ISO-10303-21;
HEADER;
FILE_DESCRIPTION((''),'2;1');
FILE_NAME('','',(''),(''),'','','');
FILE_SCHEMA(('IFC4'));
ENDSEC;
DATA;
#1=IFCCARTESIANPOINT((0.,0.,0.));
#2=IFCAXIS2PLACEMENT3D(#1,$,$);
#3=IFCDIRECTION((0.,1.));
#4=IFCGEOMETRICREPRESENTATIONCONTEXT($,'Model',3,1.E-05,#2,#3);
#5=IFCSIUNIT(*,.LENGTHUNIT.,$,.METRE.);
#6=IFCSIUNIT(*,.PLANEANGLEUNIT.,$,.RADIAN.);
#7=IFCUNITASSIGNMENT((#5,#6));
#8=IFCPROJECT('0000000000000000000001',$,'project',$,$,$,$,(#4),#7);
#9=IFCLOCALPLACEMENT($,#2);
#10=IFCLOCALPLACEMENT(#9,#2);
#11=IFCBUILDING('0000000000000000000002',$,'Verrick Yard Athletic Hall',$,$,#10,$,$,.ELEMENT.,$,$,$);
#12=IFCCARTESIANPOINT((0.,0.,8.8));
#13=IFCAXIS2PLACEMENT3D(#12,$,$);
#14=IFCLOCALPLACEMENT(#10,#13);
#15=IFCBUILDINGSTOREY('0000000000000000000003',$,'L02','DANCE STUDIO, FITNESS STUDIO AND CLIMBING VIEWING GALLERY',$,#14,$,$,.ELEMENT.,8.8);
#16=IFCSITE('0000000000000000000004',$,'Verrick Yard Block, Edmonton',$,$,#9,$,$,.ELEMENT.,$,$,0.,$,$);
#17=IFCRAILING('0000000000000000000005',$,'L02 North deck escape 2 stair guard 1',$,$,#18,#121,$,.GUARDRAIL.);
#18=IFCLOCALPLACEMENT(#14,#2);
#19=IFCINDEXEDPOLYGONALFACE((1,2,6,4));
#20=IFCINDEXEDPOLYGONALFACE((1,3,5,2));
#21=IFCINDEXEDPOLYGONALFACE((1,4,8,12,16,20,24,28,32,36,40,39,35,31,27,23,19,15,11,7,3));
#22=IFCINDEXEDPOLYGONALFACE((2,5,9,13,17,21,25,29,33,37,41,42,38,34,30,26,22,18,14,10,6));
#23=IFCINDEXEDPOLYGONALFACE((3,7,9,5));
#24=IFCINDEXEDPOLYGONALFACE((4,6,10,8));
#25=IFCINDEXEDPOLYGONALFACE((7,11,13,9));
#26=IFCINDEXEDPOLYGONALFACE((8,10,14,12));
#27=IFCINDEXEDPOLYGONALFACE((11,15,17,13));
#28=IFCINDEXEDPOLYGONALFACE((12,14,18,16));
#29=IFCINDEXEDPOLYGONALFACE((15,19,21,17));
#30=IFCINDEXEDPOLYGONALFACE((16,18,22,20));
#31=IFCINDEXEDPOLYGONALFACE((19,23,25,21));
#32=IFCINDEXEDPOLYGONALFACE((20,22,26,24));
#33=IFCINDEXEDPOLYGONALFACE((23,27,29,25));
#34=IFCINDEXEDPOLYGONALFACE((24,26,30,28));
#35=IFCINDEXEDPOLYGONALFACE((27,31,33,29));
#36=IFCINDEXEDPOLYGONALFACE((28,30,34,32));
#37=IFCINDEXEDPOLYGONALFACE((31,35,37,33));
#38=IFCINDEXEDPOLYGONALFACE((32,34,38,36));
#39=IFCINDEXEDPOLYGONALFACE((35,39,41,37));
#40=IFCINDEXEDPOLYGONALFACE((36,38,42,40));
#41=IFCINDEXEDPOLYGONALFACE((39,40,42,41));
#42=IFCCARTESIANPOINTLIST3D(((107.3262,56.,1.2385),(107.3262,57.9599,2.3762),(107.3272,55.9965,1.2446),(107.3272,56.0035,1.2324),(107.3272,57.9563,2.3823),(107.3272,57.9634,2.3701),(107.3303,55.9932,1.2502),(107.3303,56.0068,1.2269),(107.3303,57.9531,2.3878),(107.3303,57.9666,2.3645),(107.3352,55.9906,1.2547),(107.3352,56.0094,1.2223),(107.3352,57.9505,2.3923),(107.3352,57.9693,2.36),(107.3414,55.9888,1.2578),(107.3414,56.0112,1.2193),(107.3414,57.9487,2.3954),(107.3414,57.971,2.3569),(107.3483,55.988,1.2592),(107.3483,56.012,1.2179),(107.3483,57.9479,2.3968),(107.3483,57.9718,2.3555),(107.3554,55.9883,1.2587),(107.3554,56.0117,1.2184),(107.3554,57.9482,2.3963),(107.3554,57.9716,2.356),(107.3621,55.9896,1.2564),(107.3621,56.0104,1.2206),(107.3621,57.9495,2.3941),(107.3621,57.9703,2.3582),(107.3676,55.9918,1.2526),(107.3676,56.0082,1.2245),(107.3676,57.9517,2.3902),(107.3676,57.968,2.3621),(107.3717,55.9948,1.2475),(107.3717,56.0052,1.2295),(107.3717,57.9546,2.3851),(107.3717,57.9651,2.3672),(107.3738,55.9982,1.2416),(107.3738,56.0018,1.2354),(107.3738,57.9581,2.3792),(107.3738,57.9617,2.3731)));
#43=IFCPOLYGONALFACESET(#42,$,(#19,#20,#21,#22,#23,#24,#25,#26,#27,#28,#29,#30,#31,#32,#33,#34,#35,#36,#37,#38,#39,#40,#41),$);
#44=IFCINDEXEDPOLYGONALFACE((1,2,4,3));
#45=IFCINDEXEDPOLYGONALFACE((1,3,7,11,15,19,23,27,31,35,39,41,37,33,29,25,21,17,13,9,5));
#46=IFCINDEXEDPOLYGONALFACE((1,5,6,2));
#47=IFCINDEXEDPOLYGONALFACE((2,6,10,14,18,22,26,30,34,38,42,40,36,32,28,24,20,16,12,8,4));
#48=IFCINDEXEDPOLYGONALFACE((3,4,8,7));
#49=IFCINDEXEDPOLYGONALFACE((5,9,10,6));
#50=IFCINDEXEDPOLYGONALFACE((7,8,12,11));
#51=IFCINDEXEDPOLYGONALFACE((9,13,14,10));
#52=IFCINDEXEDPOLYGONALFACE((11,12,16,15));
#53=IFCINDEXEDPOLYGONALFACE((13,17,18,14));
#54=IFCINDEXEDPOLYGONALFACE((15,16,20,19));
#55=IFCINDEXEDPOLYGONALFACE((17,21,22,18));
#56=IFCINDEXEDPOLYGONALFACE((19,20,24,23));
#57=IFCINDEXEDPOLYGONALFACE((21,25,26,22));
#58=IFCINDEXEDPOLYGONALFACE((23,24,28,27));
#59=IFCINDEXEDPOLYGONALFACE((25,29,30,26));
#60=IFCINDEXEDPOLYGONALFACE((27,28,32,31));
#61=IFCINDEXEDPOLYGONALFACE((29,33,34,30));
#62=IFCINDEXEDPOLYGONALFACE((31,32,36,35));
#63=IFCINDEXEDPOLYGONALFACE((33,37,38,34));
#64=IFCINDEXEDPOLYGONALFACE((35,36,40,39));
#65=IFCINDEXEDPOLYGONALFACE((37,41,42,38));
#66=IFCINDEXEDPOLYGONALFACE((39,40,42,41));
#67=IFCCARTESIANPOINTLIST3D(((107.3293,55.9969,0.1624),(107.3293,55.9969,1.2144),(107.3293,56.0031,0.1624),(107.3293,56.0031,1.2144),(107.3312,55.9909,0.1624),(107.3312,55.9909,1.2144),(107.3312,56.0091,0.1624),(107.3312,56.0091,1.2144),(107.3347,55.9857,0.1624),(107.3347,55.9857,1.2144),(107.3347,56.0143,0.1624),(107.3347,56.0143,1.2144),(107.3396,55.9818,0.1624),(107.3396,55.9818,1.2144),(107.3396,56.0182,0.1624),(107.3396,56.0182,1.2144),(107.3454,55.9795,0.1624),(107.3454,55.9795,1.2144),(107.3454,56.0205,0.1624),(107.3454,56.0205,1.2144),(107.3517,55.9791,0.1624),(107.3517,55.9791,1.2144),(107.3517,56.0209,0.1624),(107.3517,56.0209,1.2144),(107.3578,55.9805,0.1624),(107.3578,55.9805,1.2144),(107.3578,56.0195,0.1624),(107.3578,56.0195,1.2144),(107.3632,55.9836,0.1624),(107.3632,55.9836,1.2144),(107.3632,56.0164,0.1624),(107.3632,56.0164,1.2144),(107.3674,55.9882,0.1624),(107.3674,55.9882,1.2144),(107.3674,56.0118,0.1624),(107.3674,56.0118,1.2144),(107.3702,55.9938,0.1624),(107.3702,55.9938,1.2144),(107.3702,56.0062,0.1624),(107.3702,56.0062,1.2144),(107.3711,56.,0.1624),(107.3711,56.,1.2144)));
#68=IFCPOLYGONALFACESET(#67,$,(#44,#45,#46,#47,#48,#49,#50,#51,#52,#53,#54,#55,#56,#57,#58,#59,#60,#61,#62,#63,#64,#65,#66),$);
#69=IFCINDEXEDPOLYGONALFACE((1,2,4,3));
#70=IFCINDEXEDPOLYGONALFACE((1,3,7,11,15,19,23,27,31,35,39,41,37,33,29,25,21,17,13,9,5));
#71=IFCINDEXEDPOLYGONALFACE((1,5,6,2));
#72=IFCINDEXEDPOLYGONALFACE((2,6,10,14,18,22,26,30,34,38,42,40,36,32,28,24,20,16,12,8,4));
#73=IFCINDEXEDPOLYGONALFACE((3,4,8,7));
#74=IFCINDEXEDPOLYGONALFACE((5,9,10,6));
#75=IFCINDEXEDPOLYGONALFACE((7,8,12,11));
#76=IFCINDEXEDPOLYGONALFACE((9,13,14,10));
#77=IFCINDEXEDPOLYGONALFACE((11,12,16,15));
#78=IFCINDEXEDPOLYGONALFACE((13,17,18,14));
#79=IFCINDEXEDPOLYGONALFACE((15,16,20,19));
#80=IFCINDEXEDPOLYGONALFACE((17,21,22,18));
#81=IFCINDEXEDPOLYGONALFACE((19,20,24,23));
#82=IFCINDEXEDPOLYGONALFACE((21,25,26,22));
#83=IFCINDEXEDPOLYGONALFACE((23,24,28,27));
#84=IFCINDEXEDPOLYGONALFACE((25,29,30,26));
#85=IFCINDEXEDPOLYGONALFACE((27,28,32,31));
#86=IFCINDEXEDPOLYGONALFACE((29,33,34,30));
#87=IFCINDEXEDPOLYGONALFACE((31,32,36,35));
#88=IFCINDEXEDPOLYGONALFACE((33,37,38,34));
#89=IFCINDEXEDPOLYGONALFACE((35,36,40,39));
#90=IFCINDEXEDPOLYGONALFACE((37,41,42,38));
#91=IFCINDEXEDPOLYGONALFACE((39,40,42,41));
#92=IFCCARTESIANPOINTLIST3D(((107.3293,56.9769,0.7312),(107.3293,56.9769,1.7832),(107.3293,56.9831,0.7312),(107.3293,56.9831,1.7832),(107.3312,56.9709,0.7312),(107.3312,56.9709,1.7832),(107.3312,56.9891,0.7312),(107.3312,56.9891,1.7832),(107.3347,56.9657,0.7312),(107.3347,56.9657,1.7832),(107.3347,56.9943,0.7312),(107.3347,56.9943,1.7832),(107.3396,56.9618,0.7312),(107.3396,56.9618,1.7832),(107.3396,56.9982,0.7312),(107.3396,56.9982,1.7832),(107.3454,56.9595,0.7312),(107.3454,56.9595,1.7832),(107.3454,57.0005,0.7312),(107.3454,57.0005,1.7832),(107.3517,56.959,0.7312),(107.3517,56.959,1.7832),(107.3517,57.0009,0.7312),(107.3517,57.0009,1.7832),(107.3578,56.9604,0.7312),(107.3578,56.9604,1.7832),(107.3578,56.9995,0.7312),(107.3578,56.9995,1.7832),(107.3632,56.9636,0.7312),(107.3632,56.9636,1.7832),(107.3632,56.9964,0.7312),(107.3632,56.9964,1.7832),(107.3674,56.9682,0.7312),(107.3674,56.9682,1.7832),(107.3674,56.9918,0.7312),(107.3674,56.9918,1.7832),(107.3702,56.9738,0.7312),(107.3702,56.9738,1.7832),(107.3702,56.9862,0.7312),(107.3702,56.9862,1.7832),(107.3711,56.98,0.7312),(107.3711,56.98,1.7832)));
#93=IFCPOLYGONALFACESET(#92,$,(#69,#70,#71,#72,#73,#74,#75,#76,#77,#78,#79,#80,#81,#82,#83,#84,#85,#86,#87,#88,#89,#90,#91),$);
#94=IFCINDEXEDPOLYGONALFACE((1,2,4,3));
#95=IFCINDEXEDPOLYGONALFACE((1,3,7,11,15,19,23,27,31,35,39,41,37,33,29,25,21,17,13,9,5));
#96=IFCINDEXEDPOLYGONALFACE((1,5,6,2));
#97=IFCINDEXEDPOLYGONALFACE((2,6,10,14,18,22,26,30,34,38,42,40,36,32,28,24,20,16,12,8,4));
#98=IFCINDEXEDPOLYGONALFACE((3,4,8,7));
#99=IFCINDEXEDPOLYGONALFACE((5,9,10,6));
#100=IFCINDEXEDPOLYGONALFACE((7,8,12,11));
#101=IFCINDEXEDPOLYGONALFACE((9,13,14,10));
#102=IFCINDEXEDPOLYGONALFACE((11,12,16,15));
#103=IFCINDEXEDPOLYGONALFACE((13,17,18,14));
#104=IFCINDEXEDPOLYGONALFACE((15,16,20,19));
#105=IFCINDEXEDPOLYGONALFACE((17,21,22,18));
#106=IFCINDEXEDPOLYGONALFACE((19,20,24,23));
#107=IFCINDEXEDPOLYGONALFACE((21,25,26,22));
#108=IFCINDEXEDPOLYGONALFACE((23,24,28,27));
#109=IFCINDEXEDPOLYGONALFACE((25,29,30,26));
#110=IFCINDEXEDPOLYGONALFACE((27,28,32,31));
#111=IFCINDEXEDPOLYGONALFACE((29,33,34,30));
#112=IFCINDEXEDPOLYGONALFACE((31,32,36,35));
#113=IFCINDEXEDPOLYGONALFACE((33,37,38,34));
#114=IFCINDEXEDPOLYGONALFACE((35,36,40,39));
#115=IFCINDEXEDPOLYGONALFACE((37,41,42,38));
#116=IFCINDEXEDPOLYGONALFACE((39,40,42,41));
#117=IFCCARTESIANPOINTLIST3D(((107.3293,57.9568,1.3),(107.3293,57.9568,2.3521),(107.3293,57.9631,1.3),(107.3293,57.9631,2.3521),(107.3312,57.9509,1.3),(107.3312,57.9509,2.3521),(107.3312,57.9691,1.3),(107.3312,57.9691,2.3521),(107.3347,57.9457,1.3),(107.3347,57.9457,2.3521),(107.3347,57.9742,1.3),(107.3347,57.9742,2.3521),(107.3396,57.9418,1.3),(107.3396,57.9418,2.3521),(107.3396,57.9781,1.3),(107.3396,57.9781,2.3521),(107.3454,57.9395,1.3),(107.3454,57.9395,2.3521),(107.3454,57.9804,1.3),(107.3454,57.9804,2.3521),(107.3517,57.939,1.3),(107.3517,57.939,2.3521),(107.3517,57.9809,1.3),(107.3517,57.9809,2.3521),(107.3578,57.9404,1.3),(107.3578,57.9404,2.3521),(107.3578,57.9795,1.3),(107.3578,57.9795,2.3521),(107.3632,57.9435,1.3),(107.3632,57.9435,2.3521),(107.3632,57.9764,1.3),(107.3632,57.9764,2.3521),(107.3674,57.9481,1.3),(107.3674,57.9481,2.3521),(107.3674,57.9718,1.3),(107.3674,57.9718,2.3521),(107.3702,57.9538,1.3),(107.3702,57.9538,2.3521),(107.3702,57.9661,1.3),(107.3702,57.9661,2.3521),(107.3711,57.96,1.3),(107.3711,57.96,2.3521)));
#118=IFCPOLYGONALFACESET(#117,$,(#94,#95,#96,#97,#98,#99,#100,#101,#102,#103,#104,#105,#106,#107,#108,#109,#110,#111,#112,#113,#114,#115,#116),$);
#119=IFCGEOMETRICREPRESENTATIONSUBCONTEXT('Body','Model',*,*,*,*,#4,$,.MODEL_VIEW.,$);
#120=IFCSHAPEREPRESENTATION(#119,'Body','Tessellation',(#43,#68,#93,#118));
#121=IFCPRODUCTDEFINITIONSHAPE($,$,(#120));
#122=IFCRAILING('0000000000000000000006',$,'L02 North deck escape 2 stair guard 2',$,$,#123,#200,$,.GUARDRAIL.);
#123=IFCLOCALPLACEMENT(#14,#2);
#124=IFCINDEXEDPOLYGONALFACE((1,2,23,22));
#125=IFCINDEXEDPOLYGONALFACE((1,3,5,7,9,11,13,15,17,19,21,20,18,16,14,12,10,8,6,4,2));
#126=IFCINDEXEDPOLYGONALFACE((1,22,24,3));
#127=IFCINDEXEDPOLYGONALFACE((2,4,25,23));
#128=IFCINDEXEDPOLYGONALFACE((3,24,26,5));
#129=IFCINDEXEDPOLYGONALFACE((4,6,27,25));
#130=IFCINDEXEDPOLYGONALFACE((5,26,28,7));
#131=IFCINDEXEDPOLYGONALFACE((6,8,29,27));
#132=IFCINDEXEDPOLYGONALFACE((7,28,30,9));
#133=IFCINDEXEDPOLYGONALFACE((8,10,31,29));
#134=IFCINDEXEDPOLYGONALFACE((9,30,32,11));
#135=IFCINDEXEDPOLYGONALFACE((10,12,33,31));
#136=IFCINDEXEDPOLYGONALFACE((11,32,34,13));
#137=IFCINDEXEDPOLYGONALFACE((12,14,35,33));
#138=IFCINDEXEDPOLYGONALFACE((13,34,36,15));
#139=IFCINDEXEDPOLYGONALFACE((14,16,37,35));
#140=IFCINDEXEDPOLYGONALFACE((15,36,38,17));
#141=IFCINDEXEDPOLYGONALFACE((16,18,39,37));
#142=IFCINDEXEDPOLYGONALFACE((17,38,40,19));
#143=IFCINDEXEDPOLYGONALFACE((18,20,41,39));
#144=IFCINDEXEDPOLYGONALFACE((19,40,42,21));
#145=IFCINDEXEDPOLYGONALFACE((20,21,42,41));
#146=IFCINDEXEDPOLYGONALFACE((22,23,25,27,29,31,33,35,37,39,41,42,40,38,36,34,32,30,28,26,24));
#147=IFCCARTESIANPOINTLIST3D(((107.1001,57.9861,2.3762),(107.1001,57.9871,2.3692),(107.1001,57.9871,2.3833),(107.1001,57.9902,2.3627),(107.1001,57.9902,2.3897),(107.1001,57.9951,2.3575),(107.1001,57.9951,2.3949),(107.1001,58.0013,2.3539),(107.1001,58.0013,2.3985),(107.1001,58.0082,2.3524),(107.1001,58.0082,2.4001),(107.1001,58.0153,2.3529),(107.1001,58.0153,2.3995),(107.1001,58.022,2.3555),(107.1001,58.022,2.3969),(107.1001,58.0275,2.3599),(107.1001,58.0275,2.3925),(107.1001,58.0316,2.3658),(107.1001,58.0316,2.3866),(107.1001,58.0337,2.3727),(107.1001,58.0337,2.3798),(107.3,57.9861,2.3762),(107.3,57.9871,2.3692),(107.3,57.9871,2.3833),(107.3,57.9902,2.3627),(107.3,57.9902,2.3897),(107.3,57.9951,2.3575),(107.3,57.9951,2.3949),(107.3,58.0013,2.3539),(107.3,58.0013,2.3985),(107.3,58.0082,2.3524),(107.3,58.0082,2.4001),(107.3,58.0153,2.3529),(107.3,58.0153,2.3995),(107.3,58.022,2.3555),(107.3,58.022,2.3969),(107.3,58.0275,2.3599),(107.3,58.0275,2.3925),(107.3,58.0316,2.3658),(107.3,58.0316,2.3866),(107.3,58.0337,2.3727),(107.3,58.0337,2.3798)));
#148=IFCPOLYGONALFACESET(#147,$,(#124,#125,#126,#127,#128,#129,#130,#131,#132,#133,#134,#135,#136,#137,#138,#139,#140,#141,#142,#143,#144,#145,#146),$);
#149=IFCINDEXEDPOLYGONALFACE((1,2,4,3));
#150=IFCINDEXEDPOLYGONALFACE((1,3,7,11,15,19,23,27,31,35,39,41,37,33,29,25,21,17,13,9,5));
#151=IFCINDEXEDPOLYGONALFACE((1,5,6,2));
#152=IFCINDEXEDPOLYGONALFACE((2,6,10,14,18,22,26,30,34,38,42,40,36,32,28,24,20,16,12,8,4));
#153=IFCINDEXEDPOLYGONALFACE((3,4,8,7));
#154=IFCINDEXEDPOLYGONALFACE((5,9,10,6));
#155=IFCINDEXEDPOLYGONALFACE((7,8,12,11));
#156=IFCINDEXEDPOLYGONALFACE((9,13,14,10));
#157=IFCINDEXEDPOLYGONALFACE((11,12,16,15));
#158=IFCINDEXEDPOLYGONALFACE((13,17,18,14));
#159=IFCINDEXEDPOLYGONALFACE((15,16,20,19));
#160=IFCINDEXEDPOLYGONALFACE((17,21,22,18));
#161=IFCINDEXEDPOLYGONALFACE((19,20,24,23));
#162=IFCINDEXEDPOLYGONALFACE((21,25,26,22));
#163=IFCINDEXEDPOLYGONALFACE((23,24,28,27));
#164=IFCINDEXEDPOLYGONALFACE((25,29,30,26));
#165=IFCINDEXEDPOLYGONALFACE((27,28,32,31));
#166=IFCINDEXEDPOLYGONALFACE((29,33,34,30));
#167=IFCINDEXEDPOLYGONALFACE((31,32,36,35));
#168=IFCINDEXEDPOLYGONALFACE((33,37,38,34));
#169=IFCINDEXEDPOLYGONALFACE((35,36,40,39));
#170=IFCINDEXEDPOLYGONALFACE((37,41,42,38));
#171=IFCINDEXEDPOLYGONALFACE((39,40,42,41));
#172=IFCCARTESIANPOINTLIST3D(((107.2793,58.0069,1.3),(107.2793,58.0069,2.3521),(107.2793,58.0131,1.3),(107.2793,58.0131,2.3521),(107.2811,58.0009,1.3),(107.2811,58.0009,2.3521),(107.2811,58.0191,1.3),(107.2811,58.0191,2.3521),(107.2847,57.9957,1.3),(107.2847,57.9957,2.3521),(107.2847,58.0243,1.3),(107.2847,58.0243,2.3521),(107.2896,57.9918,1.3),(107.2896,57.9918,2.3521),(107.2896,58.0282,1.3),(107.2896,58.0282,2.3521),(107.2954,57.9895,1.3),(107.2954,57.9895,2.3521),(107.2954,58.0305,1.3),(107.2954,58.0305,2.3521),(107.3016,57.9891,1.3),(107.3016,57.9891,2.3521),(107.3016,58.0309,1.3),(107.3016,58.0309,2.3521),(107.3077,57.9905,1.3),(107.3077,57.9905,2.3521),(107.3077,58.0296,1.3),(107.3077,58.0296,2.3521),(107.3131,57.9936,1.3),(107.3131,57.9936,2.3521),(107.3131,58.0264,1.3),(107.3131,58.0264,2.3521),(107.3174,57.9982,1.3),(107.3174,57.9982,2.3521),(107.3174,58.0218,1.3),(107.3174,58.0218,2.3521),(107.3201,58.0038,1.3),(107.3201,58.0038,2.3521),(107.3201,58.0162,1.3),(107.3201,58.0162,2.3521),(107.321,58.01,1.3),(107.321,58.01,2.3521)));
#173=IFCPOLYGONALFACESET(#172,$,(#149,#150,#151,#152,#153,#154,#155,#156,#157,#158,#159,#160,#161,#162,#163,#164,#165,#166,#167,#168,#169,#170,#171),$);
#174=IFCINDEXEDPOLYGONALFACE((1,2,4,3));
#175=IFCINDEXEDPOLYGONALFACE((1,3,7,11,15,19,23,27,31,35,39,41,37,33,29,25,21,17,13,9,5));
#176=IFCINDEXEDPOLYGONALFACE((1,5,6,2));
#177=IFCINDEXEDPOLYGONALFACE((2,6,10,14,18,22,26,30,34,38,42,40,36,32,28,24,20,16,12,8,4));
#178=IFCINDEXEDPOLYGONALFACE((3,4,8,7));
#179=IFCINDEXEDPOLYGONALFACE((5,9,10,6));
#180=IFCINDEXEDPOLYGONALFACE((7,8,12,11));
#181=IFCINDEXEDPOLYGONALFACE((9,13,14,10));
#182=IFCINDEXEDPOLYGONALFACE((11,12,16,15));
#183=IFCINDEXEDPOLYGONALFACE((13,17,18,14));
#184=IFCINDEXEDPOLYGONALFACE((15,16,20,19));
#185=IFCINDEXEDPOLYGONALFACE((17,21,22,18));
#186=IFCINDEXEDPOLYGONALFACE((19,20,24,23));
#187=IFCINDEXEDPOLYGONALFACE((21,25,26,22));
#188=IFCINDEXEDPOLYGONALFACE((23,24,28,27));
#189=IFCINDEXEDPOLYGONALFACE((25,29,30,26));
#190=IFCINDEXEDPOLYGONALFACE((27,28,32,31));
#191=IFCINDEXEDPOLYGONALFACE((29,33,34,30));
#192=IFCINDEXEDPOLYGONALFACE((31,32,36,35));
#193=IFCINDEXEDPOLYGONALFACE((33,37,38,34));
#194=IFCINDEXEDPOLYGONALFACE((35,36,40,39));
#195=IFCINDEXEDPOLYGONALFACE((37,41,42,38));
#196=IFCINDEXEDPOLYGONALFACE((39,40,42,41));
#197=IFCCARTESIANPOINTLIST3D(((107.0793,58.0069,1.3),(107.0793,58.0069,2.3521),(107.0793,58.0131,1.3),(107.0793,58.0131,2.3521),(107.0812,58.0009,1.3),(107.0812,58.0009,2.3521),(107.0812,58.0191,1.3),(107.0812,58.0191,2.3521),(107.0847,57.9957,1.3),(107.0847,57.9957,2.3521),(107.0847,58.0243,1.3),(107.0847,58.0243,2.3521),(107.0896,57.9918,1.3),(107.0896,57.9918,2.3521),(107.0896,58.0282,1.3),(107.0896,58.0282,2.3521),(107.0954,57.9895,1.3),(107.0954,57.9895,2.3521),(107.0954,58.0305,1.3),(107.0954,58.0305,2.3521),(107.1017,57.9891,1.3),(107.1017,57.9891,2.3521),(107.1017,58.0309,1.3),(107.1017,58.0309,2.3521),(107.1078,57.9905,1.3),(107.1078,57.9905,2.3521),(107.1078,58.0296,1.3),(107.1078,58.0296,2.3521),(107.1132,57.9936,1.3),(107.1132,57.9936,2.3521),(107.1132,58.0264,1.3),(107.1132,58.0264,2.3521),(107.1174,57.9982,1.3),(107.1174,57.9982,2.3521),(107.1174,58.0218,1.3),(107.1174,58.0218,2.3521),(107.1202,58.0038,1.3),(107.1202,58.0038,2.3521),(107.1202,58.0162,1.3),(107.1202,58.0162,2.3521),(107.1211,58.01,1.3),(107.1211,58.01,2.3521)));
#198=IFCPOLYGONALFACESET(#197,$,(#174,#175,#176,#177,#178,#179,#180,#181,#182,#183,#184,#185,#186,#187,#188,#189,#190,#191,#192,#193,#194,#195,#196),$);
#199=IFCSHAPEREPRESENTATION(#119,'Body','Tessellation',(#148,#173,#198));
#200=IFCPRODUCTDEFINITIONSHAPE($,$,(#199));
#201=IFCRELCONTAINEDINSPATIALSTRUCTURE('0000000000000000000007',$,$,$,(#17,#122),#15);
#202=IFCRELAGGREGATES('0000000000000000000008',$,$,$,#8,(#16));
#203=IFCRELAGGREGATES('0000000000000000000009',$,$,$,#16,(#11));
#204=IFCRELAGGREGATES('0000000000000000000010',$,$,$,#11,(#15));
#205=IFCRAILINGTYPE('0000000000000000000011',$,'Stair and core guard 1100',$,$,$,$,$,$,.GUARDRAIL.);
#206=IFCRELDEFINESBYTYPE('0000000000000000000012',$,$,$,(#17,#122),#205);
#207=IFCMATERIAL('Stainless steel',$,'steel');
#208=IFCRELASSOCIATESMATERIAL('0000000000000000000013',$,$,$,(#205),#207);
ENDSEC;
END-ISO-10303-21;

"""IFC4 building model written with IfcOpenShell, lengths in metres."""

from ifc_helpers import new_model, si_unit, direction, frame, origin, origin_2d, place, context, subcontext, project, spatial, circle, extrude, material, type_object, element, save


model = new_model("IFC4")

# Units and contexts
model_context = context("Model", 3, precision=1e-05, world=origin(), true_north=direction((0.0, 1.0)))
body_context = subcontext(model_context, "Body", "Model", "MODEL_VIEW")
ifc_project = project(units=[si_unit("LENGTHUNIT", "METRE"), si_unit("PLANEANGLEUNIT", "RADIAN")], contexts=[model_context])

# Site, building, storey
site_placement = place(None, origin())
site = spatial("IfcSite", under=ifc_project, at=site_placement, Name="Verrick Yard Block, Edmonton", CompositionType="ELEMENT", RefElevation=0.0)
building_placement = place(site_placement, origin())
building = spatial("IfcBuilding", under=site, at=building_placement, Name="Verrick Yard Athletic Hall", CompositionType="ELEMENT")
storey_placement = place(building_placement, frame((0.0, 0.0, 8.8)))
storey = spatial("IfcBuildingStorey", under=building, at=storey_placement, Name="L02", Description="DANCE STUDIO, FITNESS STUDIO AND CLIMBING VIEWING GALLERY", CompositionType="ELEMENT", Elevation=8.8)

# Railings
ifc_material_1 = material(Name="Stainless steel", Category="steel")
railing_type_1 = type_object("IfcRailingType", Name="Stair and core guard 1100", PredefinedType="GUARDRAIL", material=ifc_material_1)
railing_1_placement = place(storey_placement, frame((107.3501, 56.0, 0.1624)))
element("IfcRailing", 1, at=railing_1_placement, inside=storey, type_object=railing_type_1, Name="L02 North deck escape 2 stair guard 1", PredefinedType="GUARDRAIL", context=body_context, shape_type="SweptSolid", body=[
    extrude(circle(Radius=0.0239, at=origin_2d()), frame((0.0, 0.0, 1.0762), z_axis=(0.0, 0.864855, 0.502021), x_axis=(-1.0, 0.0, 0.0)), (0.0, 0.0, 1.0), 2.2661),
    extrude(circle(Radius=0.021, at=origin_2d()), origin(), (0.0, 0.0, 1.0), 1.052),
    extrude(circle(Radius=0.021, at=origin_2d()), frame((0.0, 0.98, 0.5688)), (0.0, 0.0, 1.0), 1.052),
    extrude(circle(Radius=0.021, at=origin_2d()), frame((0.0, 1.96, 1.1377)), (0.0, 0.0, 1.0), 1.052),
])
railing_2_placement = place(storey_placement, frame((107.3, 58.01, 1.3)))
element("IfcRailing", 2, at=railing_2_placement, inside=storey, type_object=railing_type_1, Name="L02 North deck escape 2 stair guard 2", PredefinedType="GUARDRAIL", context=body_context, shape_type="SweptSolid", body=[
    extrude(circle(Radius=0.0239, at=origin_2d()), frame((0.0, 0.0, 1.0762), z_axis=(-1.0, 0.0, 0.0), x_axis=(0.0, -1.0, 0.0)), (0.0, 0.0, 1.0), 0.2),
    extrude(circle(Radius=0.021, at=origin_2d()), origin(), (0.0, 0.0, 1.0), 1.052),
    extrude(circle(Radius=0.021, at=origin_2d()), frame((-0.2, 0.0, 0.0)), (0.0, 0.0, 1.0), 1.052),
])

save(model, "model.ifc")
